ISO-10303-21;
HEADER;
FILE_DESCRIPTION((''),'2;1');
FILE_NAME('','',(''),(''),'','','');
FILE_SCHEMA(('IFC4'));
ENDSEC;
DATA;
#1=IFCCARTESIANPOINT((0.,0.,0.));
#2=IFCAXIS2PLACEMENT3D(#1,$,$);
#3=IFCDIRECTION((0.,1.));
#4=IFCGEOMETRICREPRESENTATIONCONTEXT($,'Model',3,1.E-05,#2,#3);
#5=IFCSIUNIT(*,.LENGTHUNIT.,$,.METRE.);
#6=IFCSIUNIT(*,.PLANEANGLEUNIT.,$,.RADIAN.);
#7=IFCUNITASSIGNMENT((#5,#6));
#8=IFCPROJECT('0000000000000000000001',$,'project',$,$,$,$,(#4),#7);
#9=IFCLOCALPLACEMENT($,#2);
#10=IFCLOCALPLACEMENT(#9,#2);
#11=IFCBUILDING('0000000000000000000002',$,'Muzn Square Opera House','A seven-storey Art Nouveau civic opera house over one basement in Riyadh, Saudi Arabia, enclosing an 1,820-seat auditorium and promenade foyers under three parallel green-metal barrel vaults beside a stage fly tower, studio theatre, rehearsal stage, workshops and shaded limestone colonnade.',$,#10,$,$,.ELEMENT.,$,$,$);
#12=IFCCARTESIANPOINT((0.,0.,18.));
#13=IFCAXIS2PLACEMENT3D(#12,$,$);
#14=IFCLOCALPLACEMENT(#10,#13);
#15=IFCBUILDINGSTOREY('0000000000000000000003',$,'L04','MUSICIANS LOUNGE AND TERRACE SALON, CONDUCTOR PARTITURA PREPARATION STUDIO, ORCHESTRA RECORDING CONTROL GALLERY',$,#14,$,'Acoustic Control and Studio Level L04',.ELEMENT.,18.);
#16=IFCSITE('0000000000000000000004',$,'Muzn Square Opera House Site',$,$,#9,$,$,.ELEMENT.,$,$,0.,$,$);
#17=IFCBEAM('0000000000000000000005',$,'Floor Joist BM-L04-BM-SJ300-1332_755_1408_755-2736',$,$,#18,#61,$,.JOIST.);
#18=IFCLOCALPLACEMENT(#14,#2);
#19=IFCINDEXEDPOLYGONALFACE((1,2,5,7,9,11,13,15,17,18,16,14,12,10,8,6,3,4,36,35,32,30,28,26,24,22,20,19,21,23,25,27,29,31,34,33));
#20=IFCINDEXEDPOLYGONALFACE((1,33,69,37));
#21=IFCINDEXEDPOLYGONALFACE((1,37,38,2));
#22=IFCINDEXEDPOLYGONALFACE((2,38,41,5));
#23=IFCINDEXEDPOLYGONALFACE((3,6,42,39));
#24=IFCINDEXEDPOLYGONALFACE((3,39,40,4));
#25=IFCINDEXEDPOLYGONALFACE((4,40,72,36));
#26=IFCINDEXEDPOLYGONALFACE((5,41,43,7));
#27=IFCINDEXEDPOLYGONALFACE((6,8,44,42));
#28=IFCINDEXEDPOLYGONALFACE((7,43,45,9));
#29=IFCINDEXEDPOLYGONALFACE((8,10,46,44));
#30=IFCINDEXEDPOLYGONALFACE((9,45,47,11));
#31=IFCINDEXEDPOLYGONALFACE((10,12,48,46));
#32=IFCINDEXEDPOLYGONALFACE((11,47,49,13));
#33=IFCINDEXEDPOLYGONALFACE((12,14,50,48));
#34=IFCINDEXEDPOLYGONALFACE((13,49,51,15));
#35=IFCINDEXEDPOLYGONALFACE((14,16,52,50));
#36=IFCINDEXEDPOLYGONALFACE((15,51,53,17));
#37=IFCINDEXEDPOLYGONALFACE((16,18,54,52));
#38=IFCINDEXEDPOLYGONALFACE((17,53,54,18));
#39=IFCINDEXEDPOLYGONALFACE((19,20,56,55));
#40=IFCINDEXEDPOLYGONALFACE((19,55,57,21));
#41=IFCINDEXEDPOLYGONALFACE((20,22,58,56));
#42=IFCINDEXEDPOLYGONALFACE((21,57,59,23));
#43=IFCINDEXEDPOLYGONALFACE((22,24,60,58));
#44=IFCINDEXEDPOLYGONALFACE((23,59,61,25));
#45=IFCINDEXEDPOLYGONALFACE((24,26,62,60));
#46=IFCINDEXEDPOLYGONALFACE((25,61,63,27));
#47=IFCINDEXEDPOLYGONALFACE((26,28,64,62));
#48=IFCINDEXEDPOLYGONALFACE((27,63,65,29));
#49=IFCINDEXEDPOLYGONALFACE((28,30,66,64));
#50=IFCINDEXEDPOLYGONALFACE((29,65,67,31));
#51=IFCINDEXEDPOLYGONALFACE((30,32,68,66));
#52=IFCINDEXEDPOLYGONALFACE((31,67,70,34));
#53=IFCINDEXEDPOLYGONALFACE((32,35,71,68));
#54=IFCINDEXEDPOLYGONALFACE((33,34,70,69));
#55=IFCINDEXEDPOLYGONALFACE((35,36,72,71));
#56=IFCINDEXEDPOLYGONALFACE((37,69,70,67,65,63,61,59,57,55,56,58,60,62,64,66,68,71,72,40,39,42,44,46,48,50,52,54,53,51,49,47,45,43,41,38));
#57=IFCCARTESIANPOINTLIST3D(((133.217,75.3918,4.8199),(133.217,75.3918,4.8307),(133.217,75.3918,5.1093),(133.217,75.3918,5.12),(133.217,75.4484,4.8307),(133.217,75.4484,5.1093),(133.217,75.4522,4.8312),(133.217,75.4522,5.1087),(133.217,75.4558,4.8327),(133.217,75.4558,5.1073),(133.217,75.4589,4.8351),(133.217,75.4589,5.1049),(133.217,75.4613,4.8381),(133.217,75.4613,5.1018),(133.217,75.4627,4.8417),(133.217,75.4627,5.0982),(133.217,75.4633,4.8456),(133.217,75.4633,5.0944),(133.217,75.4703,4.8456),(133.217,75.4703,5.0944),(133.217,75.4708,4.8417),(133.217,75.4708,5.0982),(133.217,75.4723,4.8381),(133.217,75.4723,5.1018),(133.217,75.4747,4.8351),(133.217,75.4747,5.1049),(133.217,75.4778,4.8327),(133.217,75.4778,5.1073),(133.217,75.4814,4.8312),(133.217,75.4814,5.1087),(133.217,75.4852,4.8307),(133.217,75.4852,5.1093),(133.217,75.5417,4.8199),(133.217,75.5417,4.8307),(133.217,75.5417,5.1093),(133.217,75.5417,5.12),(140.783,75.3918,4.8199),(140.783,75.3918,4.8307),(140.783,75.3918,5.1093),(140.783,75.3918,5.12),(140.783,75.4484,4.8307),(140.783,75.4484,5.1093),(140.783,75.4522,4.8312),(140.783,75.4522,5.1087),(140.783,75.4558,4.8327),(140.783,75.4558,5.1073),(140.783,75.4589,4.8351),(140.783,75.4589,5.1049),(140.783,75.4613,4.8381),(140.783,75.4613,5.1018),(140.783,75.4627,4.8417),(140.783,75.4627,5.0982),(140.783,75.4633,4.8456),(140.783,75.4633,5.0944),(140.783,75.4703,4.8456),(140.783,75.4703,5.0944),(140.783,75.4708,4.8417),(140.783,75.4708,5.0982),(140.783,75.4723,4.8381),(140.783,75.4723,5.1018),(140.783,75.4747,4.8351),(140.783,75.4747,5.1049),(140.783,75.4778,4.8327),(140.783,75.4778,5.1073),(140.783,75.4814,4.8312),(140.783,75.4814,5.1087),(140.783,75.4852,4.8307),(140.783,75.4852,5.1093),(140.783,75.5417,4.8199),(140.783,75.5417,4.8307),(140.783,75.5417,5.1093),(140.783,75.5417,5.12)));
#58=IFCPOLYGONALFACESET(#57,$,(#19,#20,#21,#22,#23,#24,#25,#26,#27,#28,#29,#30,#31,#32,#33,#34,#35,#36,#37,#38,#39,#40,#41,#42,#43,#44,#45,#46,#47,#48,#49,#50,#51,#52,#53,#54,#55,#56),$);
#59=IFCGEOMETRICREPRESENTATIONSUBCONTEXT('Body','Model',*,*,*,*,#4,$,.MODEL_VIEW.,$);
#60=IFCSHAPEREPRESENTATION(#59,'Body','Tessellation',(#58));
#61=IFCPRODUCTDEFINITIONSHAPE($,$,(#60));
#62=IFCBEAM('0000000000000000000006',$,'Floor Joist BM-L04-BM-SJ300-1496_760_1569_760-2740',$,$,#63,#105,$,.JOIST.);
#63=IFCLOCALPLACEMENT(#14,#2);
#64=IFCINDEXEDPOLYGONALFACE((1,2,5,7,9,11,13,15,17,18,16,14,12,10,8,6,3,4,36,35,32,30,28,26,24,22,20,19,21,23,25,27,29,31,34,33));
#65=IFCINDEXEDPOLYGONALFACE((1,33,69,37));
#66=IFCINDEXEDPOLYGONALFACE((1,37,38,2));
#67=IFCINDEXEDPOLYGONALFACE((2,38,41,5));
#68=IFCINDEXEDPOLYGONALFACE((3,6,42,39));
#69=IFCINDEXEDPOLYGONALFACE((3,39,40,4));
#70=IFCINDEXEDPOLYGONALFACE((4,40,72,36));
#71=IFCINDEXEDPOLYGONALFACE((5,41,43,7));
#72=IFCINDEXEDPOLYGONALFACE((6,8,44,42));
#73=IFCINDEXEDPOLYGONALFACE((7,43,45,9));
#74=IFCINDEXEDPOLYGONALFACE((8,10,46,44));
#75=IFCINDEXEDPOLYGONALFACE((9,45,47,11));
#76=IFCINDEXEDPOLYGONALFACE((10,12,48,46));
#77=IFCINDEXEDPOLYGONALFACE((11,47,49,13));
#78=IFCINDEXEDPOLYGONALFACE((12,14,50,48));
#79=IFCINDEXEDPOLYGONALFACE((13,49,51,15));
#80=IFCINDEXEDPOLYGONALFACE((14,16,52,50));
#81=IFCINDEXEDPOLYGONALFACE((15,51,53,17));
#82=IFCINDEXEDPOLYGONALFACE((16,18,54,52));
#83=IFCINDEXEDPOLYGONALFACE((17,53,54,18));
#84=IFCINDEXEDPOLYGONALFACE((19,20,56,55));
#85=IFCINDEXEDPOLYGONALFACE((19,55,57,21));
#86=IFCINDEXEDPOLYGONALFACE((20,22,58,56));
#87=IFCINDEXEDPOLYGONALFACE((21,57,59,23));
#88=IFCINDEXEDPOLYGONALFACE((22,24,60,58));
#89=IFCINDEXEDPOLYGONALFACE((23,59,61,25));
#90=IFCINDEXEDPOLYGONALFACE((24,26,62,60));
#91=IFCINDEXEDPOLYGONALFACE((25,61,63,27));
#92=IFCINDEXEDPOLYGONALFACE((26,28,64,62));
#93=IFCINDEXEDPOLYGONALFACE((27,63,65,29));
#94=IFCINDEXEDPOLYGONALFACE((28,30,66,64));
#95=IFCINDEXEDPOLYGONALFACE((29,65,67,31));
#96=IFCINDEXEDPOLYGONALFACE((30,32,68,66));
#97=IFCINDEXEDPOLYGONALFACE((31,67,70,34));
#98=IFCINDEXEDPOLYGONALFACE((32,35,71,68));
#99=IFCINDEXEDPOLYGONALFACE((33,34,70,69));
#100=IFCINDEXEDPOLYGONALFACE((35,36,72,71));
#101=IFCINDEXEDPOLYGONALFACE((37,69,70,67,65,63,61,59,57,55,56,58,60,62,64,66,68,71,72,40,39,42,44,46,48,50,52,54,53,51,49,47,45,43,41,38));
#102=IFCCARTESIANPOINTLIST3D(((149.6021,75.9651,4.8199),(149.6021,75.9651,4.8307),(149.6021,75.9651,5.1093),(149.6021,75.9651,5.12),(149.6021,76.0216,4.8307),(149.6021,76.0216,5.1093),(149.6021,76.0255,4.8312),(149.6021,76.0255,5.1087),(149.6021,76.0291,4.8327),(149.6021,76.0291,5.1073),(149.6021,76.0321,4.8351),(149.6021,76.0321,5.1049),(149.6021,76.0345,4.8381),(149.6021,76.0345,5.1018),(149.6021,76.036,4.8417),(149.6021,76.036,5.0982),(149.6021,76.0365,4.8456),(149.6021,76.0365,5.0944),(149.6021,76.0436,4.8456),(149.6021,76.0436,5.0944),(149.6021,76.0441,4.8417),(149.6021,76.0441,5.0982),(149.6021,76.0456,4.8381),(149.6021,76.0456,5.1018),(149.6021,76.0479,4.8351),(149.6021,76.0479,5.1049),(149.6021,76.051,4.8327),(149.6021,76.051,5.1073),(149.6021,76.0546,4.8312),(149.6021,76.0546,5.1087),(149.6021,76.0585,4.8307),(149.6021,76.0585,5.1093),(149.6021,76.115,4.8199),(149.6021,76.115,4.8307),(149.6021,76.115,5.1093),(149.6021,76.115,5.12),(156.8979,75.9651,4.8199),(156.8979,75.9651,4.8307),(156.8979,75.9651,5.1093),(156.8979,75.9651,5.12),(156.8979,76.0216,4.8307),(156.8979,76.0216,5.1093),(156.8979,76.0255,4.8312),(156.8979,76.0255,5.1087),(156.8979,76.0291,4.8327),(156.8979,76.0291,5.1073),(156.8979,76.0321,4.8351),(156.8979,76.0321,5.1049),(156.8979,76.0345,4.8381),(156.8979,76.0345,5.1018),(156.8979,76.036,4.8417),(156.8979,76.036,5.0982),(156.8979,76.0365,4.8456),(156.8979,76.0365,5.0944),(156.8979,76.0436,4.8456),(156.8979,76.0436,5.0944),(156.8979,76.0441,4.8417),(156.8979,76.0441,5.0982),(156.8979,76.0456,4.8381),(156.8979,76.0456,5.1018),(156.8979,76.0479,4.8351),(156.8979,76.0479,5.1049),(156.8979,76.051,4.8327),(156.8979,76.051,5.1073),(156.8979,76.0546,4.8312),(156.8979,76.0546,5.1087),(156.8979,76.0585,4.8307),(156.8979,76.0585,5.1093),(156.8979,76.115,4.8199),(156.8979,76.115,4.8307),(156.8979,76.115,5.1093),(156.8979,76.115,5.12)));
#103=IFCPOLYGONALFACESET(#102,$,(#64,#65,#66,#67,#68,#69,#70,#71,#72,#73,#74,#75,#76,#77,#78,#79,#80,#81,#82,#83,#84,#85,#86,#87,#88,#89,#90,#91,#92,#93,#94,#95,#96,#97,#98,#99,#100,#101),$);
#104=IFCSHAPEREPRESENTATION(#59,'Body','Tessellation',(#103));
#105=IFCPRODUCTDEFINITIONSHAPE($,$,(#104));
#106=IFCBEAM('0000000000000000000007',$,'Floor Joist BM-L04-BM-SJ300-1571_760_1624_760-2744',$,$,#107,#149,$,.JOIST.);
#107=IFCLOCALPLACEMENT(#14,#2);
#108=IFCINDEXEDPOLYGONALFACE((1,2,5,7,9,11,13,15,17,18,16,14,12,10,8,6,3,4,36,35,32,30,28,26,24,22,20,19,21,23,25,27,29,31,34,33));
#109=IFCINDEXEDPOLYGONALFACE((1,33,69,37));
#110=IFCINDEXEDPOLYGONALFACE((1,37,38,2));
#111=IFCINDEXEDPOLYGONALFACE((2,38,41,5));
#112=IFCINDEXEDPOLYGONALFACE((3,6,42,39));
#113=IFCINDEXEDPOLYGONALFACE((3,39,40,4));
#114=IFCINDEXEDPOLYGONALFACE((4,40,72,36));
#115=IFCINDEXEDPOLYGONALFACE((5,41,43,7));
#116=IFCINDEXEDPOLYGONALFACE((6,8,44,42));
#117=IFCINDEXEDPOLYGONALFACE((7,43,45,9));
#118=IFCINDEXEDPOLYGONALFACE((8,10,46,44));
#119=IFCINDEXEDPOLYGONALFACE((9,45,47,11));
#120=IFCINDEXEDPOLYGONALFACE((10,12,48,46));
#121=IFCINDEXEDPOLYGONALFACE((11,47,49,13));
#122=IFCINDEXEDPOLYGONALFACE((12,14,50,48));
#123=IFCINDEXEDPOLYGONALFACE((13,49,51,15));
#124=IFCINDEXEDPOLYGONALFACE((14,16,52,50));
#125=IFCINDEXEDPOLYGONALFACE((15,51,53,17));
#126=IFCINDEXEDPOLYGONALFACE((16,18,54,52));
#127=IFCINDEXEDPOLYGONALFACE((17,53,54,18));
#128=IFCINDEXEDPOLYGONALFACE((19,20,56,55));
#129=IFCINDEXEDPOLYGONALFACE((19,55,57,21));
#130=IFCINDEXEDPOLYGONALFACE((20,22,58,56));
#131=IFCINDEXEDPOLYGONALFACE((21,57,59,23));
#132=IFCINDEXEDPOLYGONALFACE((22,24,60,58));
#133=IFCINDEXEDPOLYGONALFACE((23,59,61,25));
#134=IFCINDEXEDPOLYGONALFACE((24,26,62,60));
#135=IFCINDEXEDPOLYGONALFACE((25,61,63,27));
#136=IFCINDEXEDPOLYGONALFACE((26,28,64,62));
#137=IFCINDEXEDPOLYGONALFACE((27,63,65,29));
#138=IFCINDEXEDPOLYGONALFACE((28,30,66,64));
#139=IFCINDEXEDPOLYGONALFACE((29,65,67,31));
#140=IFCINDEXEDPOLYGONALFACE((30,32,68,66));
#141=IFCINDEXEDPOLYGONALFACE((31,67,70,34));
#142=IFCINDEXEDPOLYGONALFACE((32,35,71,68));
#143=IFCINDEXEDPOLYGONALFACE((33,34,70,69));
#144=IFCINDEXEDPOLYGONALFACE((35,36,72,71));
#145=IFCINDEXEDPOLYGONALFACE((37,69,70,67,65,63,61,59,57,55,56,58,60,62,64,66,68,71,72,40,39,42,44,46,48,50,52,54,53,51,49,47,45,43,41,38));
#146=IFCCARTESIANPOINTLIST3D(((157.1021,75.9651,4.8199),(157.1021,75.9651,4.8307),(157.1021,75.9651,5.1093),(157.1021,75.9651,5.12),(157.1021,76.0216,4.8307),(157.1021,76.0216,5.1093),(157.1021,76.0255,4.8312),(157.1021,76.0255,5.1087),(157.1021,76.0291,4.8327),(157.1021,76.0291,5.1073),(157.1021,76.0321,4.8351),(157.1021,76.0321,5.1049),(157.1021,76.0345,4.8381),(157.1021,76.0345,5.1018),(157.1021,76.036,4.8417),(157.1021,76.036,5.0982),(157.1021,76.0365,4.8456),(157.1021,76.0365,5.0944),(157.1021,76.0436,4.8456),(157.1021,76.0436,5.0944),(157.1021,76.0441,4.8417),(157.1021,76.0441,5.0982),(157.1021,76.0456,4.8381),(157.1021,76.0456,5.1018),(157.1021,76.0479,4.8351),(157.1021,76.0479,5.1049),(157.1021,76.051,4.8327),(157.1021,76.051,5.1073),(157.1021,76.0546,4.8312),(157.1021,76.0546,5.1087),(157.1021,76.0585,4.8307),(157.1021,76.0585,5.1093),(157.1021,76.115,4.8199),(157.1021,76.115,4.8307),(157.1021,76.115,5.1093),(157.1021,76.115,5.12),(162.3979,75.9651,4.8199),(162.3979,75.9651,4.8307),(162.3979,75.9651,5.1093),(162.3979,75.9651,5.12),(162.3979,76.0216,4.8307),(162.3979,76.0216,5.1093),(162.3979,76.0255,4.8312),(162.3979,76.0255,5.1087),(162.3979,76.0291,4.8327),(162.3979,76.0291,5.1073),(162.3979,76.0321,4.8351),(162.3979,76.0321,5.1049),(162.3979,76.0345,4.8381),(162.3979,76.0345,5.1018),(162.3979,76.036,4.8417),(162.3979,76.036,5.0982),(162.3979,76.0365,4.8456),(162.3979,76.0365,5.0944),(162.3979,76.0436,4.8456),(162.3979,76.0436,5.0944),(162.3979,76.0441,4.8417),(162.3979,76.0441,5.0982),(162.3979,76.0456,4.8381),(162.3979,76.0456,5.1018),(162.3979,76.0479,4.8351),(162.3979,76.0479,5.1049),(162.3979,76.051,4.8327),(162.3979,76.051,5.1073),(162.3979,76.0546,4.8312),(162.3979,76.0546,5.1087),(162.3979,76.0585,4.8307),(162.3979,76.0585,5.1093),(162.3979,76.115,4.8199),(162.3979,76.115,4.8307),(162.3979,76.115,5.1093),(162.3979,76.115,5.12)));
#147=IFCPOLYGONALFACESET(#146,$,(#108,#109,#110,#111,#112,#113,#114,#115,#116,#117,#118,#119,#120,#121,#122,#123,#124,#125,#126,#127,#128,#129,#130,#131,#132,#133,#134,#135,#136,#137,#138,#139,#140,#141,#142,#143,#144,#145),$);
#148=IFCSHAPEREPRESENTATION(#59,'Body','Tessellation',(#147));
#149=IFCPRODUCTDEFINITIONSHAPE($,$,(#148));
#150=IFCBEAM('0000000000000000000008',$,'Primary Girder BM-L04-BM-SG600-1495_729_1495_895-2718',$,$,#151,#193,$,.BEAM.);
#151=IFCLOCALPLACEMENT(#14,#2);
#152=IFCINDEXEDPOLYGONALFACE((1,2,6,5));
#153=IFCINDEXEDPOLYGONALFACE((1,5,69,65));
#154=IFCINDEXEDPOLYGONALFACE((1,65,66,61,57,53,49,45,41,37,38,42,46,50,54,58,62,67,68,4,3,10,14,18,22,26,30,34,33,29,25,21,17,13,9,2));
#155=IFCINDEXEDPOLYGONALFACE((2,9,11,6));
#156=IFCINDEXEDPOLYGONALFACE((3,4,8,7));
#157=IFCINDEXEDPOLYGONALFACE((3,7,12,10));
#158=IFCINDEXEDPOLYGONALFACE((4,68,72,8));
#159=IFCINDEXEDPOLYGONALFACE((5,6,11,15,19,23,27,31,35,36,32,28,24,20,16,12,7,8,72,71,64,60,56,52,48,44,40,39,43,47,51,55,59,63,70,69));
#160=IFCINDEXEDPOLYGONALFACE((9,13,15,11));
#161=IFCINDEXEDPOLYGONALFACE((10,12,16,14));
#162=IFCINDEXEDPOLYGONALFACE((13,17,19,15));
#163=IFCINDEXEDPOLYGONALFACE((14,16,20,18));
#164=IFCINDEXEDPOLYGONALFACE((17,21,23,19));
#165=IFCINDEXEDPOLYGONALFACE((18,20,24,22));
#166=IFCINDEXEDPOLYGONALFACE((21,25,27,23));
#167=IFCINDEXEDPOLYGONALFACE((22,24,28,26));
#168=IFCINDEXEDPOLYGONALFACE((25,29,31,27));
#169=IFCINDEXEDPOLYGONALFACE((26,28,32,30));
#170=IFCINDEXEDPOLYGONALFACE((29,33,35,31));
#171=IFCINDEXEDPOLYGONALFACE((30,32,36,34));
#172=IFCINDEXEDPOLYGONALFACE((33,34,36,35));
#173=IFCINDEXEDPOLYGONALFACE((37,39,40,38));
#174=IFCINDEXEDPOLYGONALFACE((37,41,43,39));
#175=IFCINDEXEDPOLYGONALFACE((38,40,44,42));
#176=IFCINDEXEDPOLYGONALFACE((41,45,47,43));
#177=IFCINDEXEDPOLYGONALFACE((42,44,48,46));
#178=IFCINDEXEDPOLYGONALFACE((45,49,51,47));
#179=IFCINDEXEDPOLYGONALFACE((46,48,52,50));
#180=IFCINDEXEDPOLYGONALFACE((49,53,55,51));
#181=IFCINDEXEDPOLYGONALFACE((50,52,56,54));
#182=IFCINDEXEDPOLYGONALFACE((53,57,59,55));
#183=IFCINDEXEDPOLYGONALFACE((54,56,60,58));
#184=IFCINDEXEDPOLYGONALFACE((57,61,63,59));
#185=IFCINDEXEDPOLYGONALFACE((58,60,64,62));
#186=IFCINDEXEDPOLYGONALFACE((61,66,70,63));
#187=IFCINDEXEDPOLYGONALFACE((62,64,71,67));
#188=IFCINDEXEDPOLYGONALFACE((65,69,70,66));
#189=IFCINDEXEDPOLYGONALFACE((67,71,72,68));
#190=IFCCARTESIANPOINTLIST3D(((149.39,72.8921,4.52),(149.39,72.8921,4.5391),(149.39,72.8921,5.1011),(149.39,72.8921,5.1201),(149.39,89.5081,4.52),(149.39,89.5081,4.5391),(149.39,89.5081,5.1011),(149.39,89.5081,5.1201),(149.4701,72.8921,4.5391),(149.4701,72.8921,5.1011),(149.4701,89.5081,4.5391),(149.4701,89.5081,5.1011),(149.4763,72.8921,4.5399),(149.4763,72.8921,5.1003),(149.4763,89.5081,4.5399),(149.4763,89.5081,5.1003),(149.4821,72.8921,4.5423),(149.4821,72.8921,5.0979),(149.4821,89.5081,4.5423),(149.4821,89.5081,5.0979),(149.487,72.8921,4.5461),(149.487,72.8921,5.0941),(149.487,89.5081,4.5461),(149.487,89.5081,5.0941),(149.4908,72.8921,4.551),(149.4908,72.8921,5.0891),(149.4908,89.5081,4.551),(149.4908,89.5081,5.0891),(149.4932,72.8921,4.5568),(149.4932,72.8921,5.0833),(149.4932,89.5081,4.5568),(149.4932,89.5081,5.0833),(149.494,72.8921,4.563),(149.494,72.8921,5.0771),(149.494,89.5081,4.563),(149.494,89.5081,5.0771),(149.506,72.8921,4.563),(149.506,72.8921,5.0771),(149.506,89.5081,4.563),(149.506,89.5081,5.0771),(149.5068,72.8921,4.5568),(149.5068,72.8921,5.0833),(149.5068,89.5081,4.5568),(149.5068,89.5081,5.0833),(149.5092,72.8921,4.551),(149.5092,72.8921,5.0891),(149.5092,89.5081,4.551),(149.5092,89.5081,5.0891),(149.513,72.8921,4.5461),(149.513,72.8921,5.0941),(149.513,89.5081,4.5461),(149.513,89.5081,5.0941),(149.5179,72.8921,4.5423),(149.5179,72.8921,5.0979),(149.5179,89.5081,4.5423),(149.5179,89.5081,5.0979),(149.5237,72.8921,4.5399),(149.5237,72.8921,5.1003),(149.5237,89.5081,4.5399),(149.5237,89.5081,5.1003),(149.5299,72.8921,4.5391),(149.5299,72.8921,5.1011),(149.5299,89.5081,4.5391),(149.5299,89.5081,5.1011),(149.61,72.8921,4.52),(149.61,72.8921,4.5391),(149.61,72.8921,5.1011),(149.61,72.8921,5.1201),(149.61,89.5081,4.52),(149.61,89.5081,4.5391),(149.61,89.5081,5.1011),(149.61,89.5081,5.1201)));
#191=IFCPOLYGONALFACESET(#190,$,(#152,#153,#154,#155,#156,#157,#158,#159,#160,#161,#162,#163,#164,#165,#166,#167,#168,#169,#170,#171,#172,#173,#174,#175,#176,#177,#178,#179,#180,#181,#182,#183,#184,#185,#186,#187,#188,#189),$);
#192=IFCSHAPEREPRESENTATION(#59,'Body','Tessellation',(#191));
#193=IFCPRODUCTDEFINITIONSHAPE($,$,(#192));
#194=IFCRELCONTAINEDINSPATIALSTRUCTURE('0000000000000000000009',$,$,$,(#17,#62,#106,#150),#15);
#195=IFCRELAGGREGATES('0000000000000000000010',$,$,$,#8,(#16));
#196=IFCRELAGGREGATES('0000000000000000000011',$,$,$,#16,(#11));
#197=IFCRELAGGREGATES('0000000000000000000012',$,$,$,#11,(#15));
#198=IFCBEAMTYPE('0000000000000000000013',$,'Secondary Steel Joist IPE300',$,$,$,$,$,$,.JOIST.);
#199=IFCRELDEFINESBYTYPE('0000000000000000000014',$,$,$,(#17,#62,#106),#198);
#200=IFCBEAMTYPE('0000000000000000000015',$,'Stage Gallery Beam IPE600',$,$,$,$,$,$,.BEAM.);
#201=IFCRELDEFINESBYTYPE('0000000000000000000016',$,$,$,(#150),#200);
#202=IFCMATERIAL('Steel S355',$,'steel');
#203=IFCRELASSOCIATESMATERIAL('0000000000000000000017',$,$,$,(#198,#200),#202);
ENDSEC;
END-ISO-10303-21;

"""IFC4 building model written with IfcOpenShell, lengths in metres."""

from ifc_helpers import new_model, si_unit, direction, frame, origin, origin_2d, place, context, subcontext, project, spatial, i_section, extrude, material, material_profile, profile_set, type_object, element, save


model = new_model("IFC4")

# Units and contexts
model_context = context("Model", 3, precision=1e-05, world=origin(), true_north=direction((0.0, 1.0)))
body_context = subcontext(model_context, "Body", "Model", "MODEL_VIEW")
ifc_project = project(units=[si_unit("LENGTHUNIT", "METRE"), si_unit("PLANEANGLEUNIT", "RADIAN")], contexts=[model_context])

# Site, building, storey
site_placement = place(None, origin())
site = spatial("IfcSite", under=ifc_project, at=site_placement, Name="Muzn Square Opera House Site", CompositionType="ELEMENT", RefElevation=0.0)
building_placement = place(site_placement, origin())
building = spatial("IfcBuilding", under=site, at=building_placement, Name="Muzn Square Opera House", Description="A seven-storey Art Nouveau civic opera house over one basement in Riyadh, Saudi Arabia, enclosing an 1,820-seat auditorium and promenade foyers under three parallel green-metal barrel vaults beside a stage fly tower, studio theatre, rehearsal stage, workshops and shaded limestone colonnade.", CompositionType="ELEMENT")
storey_placement = place(building_placement, frame((0.0, 0.0, 18.0)))
storey = spatial("IfcBuildingStorey", under=building, at=storey_placement, Name="L04", Description="MUSICIANS LOUNGE AND TERRACE SALON, CONDUCTOR PARTITURA PREPARATION STUDIO, ORCHESTRA RECORDING CONTROL GALLERY", LongName="Acoustic Control and Studio Level L04", CompositionType="ELEMENT", Elevation=18.0)

# Beams
ifc_material_1 = material(Name="Steel S355", Category="steel")
ifc_material_profile_1 = material_profile(ifc_material_1, i_section(OverallWidth=0.1499, OverallDepth=0.3, WebThickness=0.0071, FlangeThickness=0.0107, FilletRadius=0.0149, at=origin_2d()), Name="IPE 300", Category="steel")
ifc_profile_set_1 = profile_set([ifc_material_profile_1], Name="Steel S355")
beam_type_1 = type_object("IfcBeamType", Name="Secondary Steel Joist IPE300", PredefinedType="JOIST", material=ifc_profile_set_1)
beam_1_placement = place(storey_placement, frame((133.217, 75.4668, 4.97), z_axis=(1.0, 0.0, 0.0), x_axis=(0.0, 1.0, 0.0)))
element("IfcBeam", 1, at=beam_1_placement, inside=storey, type_object=beam_type_1, Name="Floor Joist BM-L04-BM-SJ300-1332_755_1408_755-2736", PredefinedType="JOIST", context=body_context, shape_type="SweptSolid", body=[
    extrude(i_section(OverallWidth=0.1499, OverallDepth=0.3, WebThickness=0.0071, FlangeThickness=0.0107, FilletRadius=0.0149, at=origin_2d()), origin(), (0.0, 0.0, 1.0), 7.5659),
])
beam_2_placement = place(storey_placement, frame((149.6021, 76.04, 4.97), z_axis=(1.0, 0.0, 0.0), x_axis=(0.0, 1.0, 0.0)))
element("IfcBeam", 2, at=beam_2_placement, inside=storey, type_object=beam_type_1, Name="Floor Joist BM-L04-BM-SJ300-1496_760_1569_760-2740", PredefinedType="JOIST", context=body_context, shape_type="SweptSolid", body=[
    extrude(i_section(OverallWidth=0.1499, OverallDepth=0.3, WebThickness=0.0071, FlangeThickness=0.0107, FilletRadius=0.0149, at=origin_2d()), origin(), (0.0, 0.0, 1.0), 7.2959),
])
beam_3_placement = place(storey_placement, frame((157.1021, 76.04, 4.97), z_axis=(1.0, 0.0, 0.0), x_axis=(0.0, 1.0, 0.0)))
element("IfcBeam", 3, at=beam_3_placement, inside=storey, type_object=beam_type_1, Name="Floor Joist BM-L04-BM-SJ300-1571_760_1624_760-2744", PredefinedType="JOIST", context=body_context, shape_type="SweptSolid", body=[
    extrude(i_section(OverallWidth=0.1499, OverallDepth=0.3, WebThickness=0.0071, FlangeThickness=0.0107, FilletRadius=0.0149, at=origin_2d()), origin(), (0.0, 0.0, 1.0), 5.2959),
])
ifc_material_profile_2 = material_profile(ifc_material_1, i_section(OverallWidth=0.22, OverallDepth=0.6001, WebThickness=0.012, FlangeThickness=0.019, FilletRadius=0.0239, at=origin_2d()), Name="IPE 600", Category="steel")
ifc_profile_set_2 = profile_set([ifc_material_profile_2], Name="Steel S355")
beam_type_2 = type_object("IfcBeamType", Name="Stage Gallery Beam IPE600", PredefinedType="BEAM", material=ifc_profile_set_2)
for number, where, z_axis, x_axis, name in (
    (4, (149.5, 72.8921, 4.8201), (0.0, 1.0, 0.0), (-1.0, 0.0, 0.0), "Primary Girder BM-L04-BM-SG600-1495_729_1495_895-2718"),
):
    element("IfcBeam", number, at=place(storey_placement, frame(where, z_axis=z_axis, x_axis=x_axis)), inside=storey, type_object=beam_type_2, Name=name, PredefinedType="BEAM", context=body_context, shape_type="SweptSolid", body=[
        extrude(i_section(OverallWidth=0.22, OverallDepth=0.6001, WebThickness=0.012, FlangeThickness=0.019, FilletRadius=0.0239, at=origin_2d()), origin(), (0.0, 0.0, 1.0), 16.616),
    ])

save(model, "model.ifc")
